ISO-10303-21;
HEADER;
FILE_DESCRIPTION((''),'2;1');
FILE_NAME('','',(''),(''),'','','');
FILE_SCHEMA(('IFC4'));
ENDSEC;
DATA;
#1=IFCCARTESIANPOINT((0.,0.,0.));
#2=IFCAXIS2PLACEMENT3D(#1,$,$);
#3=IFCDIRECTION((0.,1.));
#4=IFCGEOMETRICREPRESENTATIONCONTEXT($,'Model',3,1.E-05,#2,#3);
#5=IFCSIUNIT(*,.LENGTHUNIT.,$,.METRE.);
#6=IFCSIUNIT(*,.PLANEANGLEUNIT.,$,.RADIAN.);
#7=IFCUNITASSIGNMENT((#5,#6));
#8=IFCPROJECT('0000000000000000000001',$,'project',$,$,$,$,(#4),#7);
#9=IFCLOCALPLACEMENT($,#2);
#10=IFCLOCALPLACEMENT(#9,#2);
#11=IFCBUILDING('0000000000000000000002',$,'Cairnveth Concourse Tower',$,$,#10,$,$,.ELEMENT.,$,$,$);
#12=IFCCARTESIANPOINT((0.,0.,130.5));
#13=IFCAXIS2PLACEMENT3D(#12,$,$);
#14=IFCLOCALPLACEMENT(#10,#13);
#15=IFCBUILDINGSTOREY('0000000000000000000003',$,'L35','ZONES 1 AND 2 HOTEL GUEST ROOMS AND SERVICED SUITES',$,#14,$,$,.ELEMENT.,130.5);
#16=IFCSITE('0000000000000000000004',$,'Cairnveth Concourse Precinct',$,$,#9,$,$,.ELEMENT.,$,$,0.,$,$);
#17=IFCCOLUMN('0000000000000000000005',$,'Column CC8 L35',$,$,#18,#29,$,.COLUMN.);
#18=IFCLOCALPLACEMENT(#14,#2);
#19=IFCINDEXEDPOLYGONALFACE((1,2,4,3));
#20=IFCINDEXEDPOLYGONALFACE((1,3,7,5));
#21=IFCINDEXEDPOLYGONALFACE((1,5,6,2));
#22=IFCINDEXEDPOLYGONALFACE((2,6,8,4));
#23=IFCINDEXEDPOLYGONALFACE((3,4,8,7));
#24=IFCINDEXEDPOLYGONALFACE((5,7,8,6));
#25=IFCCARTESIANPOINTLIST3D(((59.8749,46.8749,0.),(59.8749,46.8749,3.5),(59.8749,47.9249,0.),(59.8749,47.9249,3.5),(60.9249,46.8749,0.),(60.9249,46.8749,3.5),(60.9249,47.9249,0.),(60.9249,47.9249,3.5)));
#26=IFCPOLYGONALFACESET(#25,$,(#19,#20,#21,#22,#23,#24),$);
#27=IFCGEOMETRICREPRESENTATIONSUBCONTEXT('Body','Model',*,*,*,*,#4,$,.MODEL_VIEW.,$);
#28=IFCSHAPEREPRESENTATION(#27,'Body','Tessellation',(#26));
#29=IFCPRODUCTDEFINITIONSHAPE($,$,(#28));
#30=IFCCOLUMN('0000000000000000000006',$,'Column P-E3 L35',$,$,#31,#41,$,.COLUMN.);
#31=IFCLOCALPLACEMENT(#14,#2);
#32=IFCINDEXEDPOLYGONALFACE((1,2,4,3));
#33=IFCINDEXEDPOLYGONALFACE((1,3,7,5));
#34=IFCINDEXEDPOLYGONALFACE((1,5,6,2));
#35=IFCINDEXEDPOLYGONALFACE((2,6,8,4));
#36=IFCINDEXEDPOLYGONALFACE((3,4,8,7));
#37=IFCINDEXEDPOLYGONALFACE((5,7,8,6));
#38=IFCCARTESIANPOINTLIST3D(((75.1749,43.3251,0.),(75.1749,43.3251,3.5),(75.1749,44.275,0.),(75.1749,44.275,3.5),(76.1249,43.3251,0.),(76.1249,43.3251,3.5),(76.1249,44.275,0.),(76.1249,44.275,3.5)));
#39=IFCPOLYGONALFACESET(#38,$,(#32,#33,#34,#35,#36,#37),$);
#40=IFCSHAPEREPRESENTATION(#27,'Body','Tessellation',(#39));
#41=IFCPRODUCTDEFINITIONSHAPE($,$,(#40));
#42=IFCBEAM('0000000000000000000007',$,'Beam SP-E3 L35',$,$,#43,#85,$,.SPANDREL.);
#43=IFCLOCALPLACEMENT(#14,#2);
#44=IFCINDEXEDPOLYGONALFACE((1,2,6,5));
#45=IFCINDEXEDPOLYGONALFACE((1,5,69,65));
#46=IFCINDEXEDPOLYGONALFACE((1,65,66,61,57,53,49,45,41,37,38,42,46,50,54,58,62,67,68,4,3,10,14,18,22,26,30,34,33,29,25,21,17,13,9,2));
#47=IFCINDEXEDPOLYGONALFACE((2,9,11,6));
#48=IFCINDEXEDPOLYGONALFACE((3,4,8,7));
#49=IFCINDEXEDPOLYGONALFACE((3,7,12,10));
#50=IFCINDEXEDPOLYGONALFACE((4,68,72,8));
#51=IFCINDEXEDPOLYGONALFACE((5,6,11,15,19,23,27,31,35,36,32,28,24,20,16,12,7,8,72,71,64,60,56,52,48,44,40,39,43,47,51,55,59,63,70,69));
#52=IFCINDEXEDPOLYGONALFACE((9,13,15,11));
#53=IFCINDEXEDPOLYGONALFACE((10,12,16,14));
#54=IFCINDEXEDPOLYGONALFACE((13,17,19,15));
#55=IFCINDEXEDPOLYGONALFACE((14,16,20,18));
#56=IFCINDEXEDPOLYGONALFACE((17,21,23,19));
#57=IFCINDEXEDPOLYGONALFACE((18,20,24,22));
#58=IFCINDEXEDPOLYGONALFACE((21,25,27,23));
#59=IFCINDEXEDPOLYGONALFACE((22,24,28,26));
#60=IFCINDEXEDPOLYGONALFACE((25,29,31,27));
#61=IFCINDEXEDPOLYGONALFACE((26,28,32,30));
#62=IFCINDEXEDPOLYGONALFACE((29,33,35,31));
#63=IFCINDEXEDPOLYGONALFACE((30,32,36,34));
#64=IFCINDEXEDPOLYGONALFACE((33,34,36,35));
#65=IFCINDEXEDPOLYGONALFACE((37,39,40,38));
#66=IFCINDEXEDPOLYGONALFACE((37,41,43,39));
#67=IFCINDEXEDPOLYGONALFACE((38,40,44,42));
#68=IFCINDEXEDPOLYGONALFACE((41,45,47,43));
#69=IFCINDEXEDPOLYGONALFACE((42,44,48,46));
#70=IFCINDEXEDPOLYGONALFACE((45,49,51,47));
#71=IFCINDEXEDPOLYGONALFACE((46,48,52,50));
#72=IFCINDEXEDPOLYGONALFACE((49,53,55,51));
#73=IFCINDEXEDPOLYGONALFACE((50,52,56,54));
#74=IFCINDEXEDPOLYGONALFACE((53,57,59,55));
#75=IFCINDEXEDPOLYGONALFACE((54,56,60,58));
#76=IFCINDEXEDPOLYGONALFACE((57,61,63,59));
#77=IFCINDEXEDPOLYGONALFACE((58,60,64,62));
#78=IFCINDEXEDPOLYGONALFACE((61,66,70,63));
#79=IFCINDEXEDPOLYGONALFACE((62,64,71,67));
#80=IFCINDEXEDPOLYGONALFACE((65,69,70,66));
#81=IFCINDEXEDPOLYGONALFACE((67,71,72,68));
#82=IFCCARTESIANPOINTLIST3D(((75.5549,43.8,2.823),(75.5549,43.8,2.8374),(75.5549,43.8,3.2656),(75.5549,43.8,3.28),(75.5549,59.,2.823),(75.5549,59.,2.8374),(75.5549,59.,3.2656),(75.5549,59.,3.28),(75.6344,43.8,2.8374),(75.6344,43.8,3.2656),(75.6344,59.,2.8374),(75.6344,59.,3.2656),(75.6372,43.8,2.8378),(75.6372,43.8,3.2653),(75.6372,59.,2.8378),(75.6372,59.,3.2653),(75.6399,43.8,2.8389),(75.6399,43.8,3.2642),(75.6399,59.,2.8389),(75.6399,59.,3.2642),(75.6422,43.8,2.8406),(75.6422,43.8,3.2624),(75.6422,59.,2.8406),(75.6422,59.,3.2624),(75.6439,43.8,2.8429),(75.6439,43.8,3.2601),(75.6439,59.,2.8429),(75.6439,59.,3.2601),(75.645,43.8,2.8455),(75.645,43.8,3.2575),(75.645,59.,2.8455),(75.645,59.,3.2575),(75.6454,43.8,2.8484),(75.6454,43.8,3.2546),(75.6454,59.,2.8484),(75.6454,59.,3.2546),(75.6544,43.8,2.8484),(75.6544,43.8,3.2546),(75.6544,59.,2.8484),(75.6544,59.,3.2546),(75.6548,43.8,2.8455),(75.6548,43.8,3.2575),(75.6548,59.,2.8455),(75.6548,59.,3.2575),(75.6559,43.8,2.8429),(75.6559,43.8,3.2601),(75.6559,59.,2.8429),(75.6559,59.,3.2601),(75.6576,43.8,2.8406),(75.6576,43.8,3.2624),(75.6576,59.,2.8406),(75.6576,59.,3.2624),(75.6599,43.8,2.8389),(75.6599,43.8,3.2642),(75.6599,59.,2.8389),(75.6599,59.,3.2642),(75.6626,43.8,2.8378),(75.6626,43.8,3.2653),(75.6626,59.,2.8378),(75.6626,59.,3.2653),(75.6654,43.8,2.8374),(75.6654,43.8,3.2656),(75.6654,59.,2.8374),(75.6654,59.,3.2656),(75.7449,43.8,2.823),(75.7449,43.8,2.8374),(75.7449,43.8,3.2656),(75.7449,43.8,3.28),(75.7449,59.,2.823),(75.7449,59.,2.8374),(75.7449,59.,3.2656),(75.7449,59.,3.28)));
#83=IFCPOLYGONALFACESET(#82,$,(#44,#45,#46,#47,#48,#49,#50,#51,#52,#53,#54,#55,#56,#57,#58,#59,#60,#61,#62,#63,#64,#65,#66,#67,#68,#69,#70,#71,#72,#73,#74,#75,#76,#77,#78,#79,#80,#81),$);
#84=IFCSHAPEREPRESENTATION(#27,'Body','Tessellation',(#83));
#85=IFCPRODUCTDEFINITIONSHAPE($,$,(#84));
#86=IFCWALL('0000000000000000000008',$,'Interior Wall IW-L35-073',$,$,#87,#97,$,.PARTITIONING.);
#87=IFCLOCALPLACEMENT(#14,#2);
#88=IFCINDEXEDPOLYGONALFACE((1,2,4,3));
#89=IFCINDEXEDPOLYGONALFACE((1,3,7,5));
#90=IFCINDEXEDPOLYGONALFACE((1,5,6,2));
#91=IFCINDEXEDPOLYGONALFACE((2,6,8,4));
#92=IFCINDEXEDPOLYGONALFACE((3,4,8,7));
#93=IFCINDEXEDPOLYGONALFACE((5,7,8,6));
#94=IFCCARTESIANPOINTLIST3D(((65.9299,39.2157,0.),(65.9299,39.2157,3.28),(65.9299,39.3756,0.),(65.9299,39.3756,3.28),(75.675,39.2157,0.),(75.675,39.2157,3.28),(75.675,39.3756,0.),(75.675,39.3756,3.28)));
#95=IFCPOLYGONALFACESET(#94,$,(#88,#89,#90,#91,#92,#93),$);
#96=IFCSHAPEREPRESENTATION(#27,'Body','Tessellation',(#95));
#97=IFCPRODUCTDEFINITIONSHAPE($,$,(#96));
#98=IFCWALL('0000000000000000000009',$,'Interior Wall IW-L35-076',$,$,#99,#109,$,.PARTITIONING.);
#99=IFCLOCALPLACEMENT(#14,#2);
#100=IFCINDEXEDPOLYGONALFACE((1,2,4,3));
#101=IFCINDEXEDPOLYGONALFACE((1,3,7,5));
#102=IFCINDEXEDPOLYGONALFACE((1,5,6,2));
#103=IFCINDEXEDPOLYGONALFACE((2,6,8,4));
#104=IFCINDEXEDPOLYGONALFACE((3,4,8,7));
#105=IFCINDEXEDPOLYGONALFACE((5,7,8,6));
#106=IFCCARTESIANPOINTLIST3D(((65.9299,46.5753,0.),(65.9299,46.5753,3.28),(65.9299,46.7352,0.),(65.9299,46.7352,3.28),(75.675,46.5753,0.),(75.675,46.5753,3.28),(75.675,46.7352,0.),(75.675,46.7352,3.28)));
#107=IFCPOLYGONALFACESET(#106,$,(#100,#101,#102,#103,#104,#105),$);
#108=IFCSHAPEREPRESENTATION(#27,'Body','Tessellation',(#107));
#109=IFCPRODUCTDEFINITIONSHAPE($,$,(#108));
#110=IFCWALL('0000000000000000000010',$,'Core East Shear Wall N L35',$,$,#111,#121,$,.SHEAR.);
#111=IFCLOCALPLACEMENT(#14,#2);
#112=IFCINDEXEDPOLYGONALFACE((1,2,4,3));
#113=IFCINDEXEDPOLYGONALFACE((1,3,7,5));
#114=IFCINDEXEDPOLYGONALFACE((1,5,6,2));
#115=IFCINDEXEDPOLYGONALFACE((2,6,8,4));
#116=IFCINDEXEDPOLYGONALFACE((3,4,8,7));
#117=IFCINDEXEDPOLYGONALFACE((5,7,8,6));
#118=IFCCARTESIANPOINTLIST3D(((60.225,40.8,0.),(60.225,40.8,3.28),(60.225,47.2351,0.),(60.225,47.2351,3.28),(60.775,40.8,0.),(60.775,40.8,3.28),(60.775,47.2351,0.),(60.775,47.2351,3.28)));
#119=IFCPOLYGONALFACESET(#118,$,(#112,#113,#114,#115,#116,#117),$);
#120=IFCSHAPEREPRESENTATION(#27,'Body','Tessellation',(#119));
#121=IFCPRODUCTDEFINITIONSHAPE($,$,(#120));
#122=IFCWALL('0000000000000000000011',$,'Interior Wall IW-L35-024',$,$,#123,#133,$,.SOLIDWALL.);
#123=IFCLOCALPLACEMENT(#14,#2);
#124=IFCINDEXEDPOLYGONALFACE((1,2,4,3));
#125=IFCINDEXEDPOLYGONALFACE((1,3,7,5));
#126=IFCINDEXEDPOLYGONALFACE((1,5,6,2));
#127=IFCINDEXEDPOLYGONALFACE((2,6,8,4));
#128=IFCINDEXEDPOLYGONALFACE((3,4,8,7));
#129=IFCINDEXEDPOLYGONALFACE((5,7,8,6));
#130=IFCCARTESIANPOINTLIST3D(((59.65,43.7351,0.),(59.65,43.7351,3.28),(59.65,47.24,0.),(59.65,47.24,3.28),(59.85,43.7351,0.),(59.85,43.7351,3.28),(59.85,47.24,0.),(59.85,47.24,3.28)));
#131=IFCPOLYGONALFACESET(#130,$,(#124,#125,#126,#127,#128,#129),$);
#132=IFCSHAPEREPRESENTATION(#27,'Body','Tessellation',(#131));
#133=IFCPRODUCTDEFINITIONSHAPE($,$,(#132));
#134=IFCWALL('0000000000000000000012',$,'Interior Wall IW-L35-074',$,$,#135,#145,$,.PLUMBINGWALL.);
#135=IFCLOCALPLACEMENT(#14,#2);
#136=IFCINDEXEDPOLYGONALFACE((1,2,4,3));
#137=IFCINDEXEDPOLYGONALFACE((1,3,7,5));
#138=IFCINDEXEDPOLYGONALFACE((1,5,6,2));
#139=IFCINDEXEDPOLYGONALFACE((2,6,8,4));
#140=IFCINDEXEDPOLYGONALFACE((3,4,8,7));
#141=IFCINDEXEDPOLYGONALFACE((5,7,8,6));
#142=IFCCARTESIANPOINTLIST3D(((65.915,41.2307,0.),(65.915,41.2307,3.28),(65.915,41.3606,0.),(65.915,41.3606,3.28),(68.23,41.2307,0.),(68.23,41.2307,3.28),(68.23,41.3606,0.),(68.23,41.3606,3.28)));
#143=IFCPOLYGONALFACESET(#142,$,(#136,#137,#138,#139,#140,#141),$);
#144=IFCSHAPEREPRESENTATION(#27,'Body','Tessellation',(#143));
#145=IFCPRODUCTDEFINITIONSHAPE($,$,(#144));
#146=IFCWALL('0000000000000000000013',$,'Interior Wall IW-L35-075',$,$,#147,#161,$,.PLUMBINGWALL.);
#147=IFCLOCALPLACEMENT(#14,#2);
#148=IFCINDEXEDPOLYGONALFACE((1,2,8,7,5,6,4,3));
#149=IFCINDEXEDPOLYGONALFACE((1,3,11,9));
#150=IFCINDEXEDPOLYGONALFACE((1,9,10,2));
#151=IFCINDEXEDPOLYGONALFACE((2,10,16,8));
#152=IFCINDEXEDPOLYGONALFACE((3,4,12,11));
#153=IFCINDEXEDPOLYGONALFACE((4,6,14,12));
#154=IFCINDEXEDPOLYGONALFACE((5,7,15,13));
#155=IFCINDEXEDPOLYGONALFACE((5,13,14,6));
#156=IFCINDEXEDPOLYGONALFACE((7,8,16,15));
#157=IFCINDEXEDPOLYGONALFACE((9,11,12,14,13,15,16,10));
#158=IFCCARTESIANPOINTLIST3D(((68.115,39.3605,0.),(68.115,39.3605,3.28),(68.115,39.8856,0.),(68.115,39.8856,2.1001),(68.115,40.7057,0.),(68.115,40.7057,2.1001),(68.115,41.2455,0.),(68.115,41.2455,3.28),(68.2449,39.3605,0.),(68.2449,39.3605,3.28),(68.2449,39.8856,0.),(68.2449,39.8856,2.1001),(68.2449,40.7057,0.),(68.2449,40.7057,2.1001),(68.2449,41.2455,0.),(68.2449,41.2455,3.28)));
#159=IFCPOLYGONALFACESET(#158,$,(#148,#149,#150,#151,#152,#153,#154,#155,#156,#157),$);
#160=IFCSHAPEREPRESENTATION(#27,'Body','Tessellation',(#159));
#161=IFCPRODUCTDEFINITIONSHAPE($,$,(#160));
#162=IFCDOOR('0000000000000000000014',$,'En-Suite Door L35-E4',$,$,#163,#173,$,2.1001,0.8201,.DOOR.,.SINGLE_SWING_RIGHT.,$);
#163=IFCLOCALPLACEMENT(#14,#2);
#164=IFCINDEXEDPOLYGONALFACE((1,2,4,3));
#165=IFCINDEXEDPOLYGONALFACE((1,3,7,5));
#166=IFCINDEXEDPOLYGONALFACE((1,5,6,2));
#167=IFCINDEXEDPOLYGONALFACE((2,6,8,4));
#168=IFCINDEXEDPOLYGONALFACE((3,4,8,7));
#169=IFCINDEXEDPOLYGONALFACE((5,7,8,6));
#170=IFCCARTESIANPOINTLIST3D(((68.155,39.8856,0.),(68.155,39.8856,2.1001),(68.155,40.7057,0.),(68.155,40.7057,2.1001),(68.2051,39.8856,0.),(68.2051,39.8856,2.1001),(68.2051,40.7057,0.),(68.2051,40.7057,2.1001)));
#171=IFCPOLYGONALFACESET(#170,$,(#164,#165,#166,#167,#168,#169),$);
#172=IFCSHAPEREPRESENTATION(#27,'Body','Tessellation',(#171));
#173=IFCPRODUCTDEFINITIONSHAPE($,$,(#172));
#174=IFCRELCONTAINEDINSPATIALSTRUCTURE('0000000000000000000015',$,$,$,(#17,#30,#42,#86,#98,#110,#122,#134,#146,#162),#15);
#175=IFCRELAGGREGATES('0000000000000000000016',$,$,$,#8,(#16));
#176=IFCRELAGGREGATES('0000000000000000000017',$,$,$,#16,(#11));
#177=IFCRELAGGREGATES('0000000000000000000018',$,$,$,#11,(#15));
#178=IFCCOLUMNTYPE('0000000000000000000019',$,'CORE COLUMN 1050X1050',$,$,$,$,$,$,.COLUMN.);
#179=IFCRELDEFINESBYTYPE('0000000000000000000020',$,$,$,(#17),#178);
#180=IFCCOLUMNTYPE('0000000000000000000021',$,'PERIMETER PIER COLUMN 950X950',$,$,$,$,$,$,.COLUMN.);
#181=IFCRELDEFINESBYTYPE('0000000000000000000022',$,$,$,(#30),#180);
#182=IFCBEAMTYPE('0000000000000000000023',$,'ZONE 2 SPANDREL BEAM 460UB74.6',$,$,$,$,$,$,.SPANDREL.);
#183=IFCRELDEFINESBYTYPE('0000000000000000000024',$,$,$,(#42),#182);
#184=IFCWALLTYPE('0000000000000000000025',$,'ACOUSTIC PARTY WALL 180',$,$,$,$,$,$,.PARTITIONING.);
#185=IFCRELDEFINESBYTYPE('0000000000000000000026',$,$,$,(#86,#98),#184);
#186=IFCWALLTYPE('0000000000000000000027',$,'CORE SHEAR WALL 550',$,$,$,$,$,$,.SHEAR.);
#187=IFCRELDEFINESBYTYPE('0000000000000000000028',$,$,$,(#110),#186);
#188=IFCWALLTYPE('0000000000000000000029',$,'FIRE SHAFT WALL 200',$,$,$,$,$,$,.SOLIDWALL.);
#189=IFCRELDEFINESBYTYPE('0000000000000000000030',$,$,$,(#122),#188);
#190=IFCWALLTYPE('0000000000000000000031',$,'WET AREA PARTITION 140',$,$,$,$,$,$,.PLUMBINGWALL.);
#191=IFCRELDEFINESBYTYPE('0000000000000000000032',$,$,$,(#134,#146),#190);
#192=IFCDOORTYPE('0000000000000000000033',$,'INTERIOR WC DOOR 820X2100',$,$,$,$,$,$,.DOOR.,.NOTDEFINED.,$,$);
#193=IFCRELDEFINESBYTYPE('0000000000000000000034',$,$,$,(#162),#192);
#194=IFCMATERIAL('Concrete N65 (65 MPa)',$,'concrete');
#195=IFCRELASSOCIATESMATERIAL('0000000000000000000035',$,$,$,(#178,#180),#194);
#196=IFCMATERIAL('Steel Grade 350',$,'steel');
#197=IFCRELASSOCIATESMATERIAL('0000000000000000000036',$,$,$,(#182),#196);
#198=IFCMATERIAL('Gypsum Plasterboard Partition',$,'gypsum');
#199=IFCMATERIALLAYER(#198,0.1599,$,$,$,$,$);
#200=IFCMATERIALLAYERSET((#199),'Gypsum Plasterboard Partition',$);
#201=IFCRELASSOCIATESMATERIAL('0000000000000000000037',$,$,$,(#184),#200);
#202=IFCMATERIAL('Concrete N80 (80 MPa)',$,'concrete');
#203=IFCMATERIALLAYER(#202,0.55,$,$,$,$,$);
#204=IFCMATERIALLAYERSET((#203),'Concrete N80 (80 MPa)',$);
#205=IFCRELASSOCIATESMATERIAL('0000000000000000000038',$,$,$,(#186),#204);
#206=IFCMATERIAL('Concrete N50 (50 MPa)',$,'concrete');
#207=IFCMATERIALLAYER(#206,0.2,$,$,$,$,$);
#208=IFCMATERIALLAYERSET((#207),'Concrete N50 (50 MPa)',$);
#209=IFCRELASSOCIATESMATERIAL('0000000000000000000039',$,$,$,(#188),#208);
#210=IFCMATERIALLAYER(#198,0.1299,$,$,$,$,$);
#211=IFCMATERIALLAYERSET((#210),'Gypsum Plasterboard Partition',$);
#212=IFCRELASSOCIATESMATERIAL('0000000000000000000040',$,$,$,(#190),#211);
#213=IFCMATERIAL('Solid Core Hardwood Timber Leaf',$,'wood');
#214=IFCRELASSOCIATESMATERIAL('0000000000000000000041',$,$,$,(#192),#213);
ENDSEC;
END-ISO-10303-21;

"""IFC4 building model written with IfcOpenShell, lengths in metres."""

from ifc_helpers import new_model, si_unit, direction, frame, frame_2d, origin, origin_2d, place, context, subcontext, project, spatial, rectangle, i_section, extrude, material, layer, layer_set, material_profile, profile_set, type_object, element, fill, save


model = new_model("IFC4")

# Units and contexts
model_context = context("Model", 3, precision=1e-05, world=origin(), true_north=direction((0.0, 1.0)))
body_context = subcontext(model_context, "Body", "Model", "MODEL_VIEW")
ifc_project = project(units=[si_unit("LENGTHUNIT", "METRE"), si_unit("PLANEANGLEUNIT", "RADIAN")], contexts=[model_context])

# Site, building, storey
site_placement = place(None, origin())
site = spatial("IfcSite", under=ifc_project, at=site_placement, Name="Cairnveth Concourse Precinct", CompositionType="ELEMENT", RefElevation=0.0)
building_placement = place(site_placement, origin())
building = spatial("IfcBuilding", under=site, at=building_placement, Name="Cairnveth Concourse Tower", CompositionType="ELEMENT")
storey_placement = place(building_placement, frame((0.0, 0.0, 130.5)))
storey = spatial("IfcBuildingStorey", under=building, at=storey_placement, Name="L35", Description="ZONES 1 AND 2 HOTEL GUEST ROOMS AND SERVICED SUITES", CompositionType="ELEMENT", Elevation=130.5)

# Columns
ifc_material_1 = material(Name="Concrete N65 (65 MPa)", Category="concrete")
ifc_material_profile_1 = material_profile(ifc_material_1, rectangle(XDim=1.05, YDim=1.05, at=origin_2d()), Name="RC-COL-1050x1050")
ifc_profile_set_1 = profile_set([ifc_material_profile_1], Name="Concrete N65 (65 MPa)")
column_type_1 = type_object("IfcColumnType", Name="CORE COLUMN 1050X1050", PredefinedType="COLUMN", material=ifc_profile_set_1)
column_1_placement = place(storey_placement, frame((60.3999, 47.3999, 0.0), z_axis=(0.0, 0.0, 1.0), x_axis=(1.0, 0.0, 0.0)))
element("IfcColumn", 1, at=column_1_placement, inside=storey, type_object=column_type_1, Name="Column CC8 L35", PredefinedType="COLUMN", context=body_context, shape_type="SweptSolid", body=[
    extrude(rectangle(XDim=1.05, YDim=1.05, at=origin_2d()), origin(), (0.0, 0.0, 1.0), 3.5),
])
ifc_material_profile_2 = material_profile(ifc_material_1, rectangle(XDim=0.95, YDim=0.95, at=origin_2d()), Name="RC-COL-950x950")
ifc_profile_set_2 = profile_set([ifc_material_profile_2], Name="Concrete N65 (65 MPa)")
column_type_2 = type_object("IfcColumnType", Name="PERIMETER PIER COLUMN 950X950", PredefinedType="COLUMN", material=ifc_profile_set_2)
column_2_placement = place(storey_placement, frame((75.6499, 43.8, 0.0), z_axis=(0.0, 0.0, 1.0), x_axis=(0.0, 1.0, 0.0)))
element("IfcColumn", 2, at=column_2_placement, inside=storey, type_object=column_type_2, Name="Column P-E3 L35", PredefinedType="COLUMN", context=body_context, shape_type="SweptSolid", body=[
    extrude(rectangle(XDim=0.95, YDim=0.95, at=origin_2d()), origin(), (0.0, 0.0, 1.0), 3.5),
])

# Beam
ifc_material_2 = material(Name="Steel Grade 350", Category="steel")
ifc_material_profile_3 = material_profile(ifc_material_2, i_section(OverallWidth=0.1899, OverallDepth=0.457, WebThickness=0.009, FlangeThickness=0.0144, FilletRadius=0.011, at=origin_2d()), Name="460UB74.6")
ifc_profile_set_3 = profile_set([ifc_material_profile_3], Name="Steel Grade 350")
beam_type = type_object("IfcBeamType", Name="ZONE 2 SPANDREL BEAM 460UB74.6", PredefinedType="SPANDREL", material=ifc_profile_set_3)
beam_placement = place(storey_placement, frame((75.6499, 43.8, 3.0515), z_axis=(0.0, 1.0, 0.0), x_axis=(-1.0, 0.0, 0.0)))
element("IfcBeam", 3, at=beam_placement, inside=storey, type_object=beam_type, Name="Beam SP-E3 L35", PredefinedType="SPANDREL", context=body_context, shape_type="SweptSolid", body=[
    extrude(i_section(OverallWidth=0.1899, OverallDepth=0.457, WebThickness=0.009, FlangeThickness=0.0144, FilletRadius=0.011, at=origin_2d()), origin(), (0.0, 0.0, 1.0), 15.2),
])

# Walls
ifc_material_3 = material(Name="Gypsum Plasterboard Partition", Category="gypsum")
ifc_layer_1 = layer(ifc_material_3, 0.1599)
ifc_layer_set_1 = layer_set([ifc_layer_1], Name="Gypsum Plasterboard Partition")
wall_type_1 = type_object("IfcWallType", Name="ACOUSTIC PARTY WALL 180", PredefinedType="PARTITIONING", material=ifc_layer_set_1)
for number, where, z_axis, x_axis, name in (
    (4, (65.9299, 39.2957, 0.0), (0.0, 0.0, 1.0), (1.0, 0.0, 0.0), "Interior Wall IW-L35-073"),
    (5, (65.9299, 46.6553, 0.0), (0.0, 0.0, 1.0), (1.0, 0.0, 0.0), "Interior Wall IW-L35-076"),
):
    element("IfcWall", number, at=place(storey_placement, frame(where, z_axis=z_axis, x_axis=x_axis)), inside=storey, type_object=wall_type_1, Name=name, PredefinedType="PARTITIONING", context=body_context, shape_type="SweptSolid", body=[
        extrude(rectangle(XDim=9.7451, YDim=0.1599, at=frame_2d((4.8726, 0.0))), origin(), (0.0, 0.0, 1.0), 3.28),
    ])
ifc_material_4 = material(Name="Concrete N80 (80 MPa)", Category="concrete")
ifc_layer_2 = layer(ifc_material_4, 0.55)
ifc_layer_set_2 = layer_set([ifc_layer_2], Name="Concrete N80 (80 MPa)")
wall_type_2 = type_object("IfcWallType", Name="CORE SHEAR WALL 550", PredefinedType="SHEAR", material=ifc_layer_set_2)
wall_1_placement = place(storey_placement, frame((60.5, 40.8, 0.0), z_axis=(0.0, 0.0, 1.0), x_axis=(0.0, 1.0, 0.0)))
element("IfcWall", 6, at=wall_1_placement, inside=storey, type_object=wall_type_2, Name="Core East Shear Wall N L35", PredefinedType="SHEAR", context=body_context, shape_type="SweptSolid", body=[
    extrude(rectangle(XDim=6.4351, YDim=0.55, at=frame_2d((3.2175, 0.0))), origin(), (0.0, 0.0, 1.0), 3.28),
])

# Shared definitions
ifc_material_5 = material(Name="Concrete N50 (50 MPa)", Category="concrete")
ifc_layer_3 = layer(ifc_material_5, 0.2)
ifc_layer_set_3 = layer_set([ifc_layer_3], Name="Concrete N50 (50 MPa)")
wall_type_3 = type_object("IfcWallType", Name="FIRE SHAFT WALL 200", PredefinedType="SOLIDWALL", material=ifc_layer_set_3)

# Walls
wall_2_placement = place(storey_placement, frame((59.75, 43.7351, 0.0), z_axis=(0.0, 0.0, 1.0), x_axis=(0.0, 1.0, 0.0)))
element("IfcWall", 7, at=wall_2_placement, inside=storey, type_object=wall_type_3, Name="Interior Wall IW-L35-024", PredefinedType="SOLIDWALL", context=body_context, shape_type="SweptSolid", body=[
    extrude(rectangle(XDim=3.5049, YDim=0.2, at=frame_2d((1.7524, 0.0))), origin(), (0.0, 0.0, 1.0), 3.28),
])
ifc_layer_4 = layer(ifc_material_3, 0.1299)
ifc_layer_set_4 = layer_set([ifc_layer_4], Name="Gypsum Plasterboard Partition")
wall_type_4 = type_object("IfcWallType", Name="WET AREA PARTITION 140", PredefinedType="PLUMBINGWALL", material=ifc_layer_set_4)
wall_3_placement = place(storey_placement, frame((65.915, 41.2957, 0.0), z_axis=(0.0, 0.0, 1.0), x_axis=(1.0, 0.0, 0.0)))
element("IfcWall", 8, at=wall_3_placement, inside=storey, type_object=wall_type_4, Name="Interior Wall IW-L35-074", PredefinedType="PLUMBINGWALL", context=body_context, shape_type="SweptSolid", body=[
    extrude(rectangle(XDim=2.3149, YDim=0.1299, at=frame_2d((1.1575, 0.0))), origin(), (0.0, 0.0, 1.0), 3.28),
])

# Wall, opening, door
wall_4_placement = place(storey_placement, frame((68.1799, 39.3606, 0.0), z_axis=(0.0, 0.0, 1.0), x_axis=(0.0, 1.0, 0.0)))
wall_4 = element("IfcWall", 9, at=wall_4_placement, inside=storey, type_object=wall_type_4, Name="Interior Wall IW-L35-075", PredefinedType="PLUMBINGWALL", context=body_context, shape_type="SweptSolid", body=[
    extrude(rectangle(XDim=1.885, YDim=0.1299, at=frame_2d((0.9424, 0.0))), origin(), (0.0, 0.0, 1.0), 3.28),
])
opening_1_placement = place(wall_4_placement, frame((0.5249, 0.0, 0.0)))
opening_1 = element("IfcOpeningElement", 10, at=opening_1_placement, cuts=wall_4, PredefinedType="OPENING", context=body_context, shape_type="SweptSolid", body=[
    extrude(rectangle(XDim=0.8201, YDim=2.1001, at=frame_2d((0.4102, 1.05))), frame((0.0, 0.075, 0.0), z_axis=(0.0, -1.0, 0.0), x_axis=(1.0, 0.0, 0.0)), (0.0, 0.0, 1.0), 0.1499),
])
ifc_material_6 = material(Name="Solid Core Hardwood Timber Leaf", Category="wood")
door_type_1 = type_object("IfcDoorType", Name="INTERIOR WC DOOR 820X2100", OperationType="NOTDEFINED", PredefinedType="DOOR", material=ifc_material_6)
door_1_placement = place(opening_1_placement, origin())
door_1 = element("IfcDoor", 11, at=door_1_placement, inside=storey, type_object=door_type_1, Name="En-Suite Door L35-E4", OperationType="SINGLE_SWING_RIGHT", OverallHeight=2.1001, OverallWidth=0.8201, PredefinedType="DOOR", context=body_context, shape_type="SweptSolid", body=[
    extrude(rectangle(XDim=0.8201, YDim=2.1001, at=frame_2d((0.4102, 1.05))), frame((0.0, 0.0249, 0.0), z_axis=(0.0, -1.0, 0.0), x_axis=(1.0, 0.0, 0.0)), (0.0, 0.0, 1.0), 0.05),
])
fill(opening_1, door_1)

save(model, "model.ifc")
